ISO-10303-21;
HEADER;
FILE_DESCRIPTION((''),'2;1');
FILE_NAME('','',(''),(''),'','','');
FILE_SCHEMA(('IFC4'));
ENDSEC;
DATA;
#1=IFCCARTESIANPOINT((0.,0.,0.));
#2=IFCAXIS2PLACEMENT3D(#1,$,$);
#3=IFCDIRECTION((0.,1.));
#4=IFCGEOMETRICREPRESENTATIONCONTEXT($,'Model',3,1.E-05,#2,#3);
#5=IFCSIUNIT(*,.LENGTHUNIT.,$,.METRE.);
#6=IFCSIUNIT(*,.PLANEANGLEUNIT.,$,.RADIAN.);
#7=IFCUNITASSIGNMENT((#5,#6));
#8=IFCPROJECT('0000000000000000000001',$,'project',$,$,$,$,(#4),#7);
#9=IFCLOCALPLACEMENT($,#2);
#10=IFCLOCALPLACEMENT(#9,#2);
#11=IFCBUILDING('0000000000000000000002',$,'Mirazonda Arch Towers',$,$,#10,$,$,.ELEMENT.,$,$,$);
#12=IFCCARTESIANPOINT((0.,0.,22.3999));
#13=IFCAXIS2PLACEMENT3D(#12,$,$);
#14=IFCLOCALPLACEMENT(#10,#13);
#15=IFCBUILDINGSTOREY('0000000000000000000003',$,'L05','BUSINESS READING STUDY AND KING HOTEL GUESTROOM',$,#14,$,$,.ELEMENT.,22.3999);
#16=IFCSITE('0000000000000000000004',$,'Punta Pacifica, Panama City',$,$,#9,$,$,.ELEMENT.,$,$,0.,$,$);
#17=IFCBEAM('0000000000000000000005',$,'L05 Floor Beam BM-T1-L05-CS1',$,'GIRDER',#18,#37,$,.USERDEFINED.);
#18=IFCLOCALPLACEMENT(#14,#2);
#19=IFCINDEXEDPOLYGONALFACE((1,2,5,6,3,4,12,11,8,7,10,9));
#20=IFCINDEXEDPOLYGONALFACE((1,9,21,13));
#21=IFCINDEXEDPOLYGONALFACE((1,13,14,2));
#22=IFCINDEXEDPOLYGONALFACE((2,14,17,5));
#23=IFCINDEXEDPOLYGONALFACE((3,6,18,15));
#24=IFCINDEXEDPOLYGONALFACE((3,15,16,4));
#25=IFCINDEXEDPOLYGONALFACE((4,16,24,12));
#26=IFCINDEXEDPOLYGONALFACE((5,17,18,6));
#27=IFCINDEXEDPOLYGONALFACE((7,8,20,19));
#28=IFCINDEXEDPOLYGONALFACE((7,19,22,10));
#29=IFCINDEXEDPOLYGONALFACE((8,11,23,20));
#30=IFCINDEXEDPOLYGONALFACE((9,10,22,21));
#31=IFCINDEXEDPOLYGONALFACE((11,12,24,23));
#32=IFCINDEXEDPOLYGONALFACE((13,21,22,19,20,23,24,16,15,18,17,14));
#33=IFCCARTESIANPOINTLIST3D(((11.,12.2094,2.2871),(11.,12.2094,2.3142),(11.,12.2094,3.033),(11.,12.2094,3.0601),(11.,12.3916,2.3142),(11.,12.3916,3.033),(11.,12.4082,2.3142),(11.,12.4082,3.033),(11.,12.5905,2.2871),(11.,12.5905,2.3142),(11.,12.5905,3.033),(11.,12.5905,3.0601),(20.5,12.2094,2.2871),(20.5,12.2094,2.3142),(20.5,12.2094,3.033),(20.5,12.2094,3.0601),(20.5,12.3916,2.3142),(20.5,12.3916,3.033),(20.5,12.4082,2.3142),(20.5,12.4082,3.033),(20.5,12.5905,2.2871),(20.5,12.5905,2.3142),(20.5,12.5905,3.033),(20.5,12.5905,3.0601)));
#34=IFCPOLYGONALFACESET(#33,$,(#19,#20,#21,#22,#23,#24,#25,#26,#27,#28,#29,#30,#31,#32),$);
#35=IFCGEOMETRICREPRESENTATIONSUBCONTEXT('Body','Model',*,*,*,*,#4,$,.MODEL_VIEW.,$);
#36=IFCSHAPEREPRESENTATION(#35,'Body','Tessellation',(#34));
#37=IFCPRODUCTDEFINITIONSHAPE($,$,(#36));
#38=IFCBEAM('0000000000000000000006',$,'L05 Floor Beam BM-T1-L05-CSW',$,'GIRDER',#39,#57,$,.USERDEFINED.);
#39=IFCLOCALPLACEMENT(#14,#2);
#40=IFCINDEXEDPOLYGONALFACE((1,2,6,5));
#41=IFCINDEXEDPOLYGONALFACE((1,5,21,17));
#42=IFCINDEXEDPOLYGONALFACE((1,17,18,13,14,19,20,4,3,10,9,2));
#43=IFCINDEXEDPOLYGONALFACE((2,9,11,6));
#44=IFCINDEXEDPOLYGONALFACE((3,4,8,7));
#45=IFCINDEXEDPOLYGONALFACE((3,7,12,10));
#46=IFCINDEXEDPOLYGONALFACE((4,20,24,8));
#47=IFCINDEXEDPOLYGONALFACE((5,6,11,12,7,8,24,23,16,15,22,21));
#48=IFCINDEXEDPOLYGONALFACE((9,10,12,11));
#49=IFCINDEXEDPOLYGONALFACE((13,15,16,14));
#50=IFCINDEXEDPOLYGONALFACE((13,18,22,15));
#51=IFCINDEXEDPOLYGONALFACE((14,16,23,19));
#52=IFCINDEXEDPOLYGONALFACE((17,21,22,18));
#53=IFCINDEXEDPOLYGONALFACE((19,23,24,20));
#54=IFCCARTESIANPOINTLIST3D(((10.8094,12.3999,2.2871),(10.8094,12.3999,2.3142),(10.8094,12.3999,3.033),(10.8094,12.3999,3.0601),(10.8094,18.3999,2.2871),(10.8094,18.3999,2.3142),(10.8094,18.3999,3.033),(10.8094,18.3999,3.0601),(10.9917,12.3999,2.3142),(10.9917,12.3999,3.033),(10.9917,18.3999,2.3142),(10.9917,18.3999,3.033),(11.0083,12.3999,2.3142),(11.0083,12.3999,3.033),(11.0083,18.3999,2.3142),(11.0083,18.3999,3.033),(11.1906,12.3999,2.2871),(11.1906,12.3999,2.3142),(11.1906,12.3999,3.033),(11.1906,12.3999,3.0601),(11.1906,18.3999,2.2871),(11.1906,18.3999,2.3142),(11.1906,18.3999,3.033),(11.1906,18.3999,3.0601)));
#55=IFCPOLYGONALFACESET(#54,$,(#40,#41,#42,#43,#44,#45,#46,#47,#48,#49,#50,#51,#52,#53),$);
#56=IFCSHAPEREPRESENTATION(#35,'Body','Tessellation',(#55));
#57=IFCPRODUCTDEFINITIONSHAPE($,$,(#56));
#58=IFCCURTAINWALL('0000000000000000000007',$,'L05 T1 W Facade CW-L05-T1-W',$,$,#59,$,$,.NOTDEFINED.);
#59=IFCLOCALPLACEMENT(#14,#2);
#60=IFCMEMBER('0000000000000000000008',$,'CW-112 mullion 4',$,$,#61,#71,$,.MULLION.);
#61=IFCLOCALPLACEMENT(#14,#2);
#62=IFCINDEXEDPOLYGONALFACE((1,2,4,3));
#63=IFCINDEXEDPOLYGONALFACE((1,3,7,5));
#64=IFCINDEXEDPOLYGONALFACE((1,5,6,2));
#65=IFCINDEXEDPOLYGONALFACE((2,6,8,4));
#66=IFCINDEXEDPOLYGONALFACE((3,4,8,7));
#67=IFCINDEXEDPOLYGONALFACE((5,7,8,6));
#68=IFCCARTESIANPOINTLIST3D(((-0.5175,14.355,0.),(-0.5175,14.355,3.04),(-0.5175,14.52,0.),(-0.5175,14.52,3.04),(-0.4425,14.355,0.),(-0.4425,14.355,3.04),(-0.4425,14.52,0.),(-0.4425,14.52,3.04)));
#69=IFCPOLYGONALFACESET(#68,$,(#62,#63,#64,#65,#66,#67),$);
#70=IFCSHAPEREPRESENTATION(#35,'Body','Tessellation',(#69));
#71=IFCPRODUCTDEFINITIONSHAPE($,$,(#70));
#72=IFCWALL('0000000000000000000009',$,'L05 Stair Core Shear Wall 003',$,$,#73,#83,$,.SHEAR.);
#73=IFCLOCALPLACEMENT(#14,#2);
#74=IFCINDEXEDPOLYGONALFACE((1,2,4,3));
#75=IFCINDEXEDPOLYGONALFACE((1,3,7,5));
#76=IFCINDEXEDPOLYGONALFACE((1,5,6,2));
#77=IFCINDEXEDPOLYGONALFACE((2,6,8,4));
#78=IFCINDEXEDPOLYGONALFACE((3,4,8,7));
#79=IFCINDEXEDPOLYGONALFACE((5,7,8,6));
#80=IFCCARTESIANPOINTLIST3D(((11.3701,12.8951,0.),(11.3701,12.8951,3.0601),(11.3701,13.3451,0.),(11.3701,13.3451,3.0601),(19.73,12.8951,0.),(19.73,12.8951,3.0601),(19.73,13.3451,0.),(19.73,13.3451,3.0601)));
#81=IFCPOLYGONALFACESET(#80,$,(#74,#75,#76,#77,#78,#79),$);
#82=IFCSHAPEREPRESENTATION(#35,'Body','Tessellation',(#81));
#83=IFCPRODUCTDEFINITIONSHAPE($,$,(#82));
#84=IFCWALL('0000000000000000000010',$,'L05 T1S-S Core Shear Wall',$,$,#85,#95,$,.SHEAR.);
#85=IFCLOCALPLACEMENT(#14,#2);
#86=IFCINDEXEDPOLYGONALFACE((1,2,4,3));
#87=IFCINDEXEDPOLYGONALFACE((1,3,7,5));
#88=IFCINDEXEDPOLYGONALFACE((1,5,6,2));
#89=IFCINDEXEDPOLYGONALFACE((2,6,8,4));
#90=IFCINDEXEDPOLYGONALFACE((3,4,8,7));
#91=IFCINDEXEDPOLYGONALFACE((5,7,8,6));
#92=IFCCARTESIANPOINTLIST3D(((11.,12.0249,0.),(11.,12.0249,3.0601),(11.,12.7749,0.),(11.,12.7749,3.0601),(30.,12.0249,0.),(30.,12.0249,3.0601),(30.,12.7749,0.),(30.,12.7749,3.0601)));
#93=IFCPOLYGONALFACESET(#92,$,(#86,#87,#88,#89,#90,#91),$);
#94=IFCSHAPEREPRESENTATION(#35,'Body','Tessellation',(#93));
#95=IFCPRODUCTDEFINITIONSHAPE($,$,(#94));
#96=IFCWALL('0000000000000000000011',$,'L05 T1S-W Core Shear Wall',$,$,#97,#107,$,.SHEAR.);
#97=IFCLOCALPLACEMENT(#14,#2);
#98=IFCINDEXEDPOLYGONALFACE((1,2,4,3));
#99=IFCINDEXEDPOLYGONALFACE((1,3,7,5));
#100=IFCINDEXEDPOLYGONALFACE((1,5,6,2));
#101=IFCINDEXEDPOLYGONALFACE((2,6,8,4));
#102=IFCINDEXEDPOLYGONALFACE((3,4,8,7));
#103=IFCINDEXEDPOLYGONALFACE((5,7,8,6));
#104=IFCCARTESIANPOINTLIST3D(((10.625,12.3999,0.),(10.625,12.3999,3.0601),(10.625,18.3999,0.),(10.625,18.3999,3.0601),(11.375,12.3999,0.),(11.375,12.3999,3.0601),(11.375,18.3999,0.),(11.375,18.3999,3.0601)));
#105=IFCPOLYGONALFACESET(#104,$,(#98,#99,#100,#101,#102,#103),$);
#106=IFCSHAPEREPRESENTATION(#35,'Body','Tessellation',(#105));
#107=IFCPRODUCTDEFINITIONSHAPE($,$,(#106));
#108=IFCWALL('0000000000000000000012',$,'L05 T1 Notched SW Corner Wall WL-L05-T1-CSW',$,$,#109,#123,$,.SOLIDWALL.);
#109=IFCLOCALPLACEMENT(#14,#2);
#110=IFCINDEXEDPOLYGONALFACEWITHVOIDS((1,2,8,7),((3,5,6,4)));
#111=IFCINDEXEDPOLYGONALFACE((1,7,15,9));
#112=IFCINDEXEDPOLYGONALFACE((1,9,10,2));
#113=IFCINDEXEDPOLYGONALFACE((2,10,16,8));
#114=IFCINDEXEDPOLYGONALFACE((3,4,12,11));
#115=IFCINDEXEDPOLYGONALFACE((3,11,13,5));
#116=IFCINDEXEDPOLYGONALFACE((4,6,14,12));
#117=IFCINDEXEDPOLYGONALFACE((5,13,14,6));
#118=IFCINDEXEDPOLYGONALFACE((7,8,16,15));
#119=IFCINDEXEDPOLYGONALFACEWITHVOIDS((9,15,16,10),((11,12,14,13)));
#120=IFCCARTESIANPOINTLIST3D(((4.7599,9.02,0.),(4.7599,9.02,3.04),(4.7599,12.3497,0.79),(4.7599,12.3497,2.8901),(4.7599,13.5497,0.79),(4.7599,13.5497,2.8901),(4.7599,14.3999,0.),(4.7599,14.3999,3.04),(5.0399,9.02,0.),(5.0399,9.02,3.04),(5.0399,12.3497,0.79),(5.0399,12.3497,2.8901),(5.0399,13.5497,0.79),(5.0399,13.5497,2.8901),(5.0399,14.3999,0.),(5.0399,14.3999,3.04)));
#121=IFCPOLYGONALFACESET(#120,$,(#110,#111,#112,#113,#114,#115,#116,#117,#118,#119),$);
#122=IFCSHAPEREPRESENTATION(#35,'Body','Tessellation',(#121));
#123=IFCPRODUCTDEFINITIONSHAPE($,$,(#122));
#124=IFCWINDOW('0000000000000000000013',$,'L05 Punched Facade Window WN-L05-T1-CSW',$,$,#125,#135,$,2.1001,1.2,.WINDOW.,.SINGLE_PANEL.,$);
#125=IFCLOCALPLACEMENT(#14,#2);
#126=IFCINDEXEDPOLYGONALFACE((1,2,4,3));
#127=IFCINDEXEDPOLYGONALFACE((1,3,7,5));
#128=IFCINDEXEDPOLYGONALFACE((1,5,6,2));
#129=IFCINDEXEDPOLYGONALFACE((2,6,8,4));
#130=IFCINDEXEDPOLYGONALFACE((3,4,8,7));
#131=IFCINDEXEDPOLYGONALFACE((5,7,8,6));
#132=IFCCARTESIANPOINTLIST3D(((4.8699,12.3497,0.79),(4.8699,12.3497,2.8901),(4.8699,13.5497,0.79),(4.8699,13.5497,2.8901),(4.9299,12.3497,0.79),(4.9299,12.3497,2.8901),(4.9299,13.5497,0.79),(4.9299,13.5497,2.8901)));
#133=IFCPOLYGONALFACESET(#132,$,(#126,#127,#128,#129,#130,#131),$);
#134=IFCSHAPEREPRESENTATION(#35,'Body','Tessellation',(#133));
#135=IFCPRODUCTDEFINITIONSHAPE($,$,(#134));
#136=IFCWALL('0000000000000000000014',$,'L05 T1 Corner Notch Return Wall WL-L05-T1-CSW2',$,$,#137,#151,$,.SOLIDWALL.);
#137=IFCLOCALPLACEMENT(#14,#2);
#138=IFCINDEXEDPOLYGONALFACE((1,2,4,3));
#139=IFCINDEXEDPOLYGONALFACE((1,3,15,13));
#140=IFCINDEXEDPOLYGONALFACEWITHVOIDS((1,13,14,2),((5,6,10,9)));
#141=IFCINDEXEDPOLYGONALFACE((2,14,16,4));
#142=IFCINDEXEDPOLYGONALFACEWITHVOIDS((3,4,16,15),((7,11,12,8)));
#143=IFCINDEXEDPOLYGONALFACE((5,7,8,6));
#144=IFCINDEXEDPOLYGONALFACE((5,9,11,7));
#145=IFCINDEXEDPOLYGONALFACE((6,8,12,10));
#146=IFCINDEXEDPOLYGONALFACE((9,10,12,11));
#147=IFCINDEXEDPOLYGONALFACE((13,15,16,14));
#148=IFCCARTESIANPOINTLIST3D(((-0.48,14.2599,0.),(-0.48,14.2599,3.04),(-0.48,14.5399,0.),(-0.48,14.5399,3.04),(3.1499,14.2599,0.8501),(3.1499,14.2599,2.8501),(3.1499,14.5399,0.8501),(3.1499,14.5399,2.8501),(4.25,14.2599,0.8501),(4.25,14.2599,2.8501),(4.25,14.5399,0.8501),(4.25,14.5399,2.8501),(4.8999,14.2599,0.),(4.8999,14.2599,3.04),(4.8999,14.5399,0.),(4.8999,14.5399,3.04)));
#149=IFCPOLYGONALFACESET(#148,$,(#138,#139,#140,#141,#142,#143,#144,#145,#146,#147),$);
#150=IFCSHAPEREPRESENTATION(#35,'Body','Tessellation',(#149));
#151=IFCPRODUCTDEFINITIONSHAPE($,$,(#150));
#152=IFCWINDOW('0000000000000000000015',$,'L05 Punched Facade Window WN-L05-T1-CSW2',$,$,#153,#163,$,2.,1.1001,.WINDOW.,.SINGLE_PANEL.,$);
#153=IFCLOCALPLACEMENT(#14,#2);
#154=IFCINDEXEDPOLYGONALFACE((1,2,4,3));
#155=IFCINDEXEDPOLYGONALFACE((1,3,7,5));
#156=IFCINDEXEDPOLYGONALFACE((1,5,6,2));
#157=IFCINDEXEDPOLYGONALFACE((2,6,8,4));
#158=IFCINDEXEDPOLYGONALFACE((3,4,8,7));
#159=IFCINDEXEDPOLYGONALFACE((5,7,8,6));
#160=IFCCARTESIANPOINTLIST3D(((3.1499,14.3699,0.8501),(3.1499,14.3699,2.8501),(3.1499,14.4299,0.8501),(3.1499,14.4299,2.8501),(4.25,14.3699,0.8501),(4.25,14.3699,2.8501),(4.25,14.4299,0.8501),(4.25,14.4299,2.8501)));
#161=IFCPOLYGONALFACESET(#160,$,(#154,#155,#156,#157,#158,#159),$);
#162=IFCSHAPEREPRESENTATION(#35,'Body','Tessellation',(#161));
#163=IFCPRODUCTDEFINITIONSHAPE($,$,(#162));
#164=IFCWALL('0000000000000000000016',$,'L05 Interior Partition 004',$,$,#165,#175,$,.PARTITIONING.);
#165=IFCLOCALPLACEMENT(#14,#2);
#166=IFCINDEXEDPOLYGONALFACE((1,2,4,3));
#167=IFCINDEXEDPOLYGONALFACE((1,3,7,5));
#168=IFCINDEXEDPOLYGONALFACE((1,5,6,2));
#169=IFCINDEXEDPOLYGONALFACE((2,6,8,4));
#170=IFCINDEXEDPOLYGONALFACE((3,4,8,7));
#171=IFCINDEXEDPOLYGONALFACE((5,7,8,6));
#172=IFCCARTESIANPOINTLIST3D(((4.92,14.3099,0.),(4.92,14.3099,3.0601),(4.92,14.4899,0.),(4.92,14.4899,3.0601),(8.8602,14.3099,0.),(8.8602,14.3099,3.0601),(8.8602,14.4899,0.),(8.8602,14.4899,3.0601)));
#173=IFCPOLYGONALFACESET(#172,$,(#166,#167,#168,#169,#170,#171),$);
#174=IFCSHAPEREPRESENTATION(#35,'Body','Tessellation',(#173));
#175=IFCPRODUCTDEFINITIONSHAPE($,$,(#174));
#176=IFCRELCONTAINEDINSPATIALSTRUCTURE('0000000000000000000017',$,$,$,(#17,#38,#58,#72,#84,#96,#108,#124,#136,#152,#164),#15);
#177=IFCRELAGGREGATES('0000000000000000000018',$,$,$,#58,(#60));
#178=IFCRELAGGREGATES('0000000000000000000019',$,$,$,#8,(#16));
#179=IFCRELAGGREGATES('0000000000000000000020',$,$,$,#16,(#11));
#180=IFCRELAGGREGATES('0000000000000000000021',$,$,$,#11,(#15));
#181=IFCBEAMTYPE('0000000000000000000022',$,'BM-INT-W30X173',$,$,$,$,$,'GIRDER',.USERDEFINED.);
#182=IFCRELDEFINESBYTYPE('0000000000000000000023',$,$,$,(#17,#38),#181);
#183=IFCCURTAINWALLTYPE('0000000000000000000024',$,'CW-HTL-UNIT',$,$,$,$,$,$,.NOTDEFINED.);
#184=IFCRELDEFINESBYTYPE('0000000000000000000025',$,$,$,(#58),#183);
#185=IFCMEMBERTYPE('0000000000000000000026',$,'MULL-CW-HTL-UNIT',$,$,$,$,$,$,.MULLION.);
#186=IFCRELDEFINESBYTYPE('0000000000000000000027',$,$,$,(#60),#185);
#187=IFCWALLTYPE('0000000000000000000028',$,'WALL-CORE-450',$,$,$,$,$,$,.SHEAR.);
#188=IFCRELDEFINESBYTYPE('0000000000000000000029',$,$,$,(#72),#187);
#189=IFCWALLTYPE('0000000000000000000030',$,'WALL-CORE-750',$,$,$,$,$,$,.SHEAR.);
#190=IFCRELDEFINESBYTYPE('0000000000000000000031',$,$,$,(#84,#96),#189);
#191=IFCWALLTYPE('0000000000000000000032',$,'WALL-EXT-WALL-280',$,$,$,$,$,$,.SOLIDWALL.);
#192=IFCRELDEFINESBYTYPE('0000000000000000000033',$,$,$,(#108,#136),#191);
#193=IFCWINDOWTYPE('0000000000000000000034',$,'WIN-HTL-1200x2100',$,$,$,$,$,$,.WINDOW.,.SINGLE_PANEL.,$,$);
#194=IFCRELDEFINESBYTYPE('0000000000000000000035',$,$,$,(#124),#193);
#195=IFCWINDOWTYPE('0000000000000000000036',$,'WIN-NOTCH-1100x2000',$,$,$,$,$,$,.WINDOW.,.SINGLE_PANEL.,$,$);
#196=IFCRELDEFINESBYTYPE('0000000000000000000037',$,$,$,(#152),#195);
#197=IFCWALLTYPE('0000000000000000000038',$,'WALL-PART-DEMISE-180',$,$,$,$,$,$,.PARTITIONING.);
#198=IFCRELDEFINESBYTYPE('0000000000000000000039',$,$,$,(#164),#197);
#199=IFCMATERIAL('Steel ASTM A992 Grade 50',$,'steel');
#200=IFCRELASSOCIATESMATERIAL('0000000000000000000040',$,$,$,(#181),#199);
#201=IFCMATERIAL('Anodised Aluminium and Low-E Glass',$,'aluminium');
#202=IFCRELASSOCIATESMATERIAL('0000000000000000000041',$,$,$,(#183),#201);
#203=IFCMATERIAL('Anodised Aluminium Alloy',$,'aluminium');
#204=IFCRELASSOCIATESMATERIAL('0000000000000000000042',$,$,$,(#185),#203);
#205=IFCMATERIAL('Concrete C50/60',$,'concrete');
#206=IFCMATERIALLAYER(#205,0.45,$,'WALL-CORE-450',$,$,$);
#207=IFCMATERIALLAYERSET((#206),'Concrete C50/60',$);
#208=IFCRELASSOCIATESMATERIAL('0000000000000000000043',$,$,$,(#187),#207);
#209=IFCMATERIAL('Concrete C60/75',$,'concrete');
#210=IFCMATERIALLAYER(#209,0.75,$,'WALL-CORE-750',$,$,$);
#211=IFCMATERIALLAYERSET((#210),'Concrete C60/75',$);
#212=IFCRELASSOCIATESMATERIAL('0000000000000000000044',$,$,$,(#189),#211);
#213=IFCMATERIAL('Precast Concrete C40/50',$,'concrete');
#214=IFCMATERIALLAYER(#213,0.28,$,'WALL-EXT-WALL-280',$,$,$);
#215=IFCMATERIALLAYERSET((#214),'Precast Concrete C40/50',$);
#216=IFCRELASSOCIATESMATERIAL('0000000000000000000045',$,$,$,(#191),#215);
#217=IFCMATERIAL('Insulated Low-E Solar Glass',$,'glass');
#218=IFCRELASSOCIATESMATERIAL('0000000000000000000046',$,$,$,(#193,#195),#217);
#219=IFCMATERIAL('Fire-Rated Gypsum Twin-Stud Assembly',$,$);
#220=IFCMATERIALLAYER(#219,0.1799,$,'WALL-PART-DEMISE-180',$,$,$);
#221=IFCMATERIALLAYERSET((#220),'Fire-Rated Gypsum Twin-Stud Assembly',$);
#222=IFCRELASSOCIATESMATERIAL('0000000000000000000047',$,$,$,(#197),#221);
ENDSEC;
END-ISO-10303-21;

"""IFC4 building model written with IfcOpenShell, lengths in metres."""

from ifc_helpers import new_model, si_unit, direction, frame, frame_2d, origin, origin_2d, place, context, subcontext, project, spatial, rectangle, i_section, extrude, material, layer, layer_set, material_profile, profile_set, type_object, element, fill, aggregate, save


model = new_model("IFC4")

# Units and contexts
model_context = context("Model", 3, precision=1e-05, world=origin(), true_north=direction((0.0, 1.0)))
body_context = subcontext(model_context, "Body", "Model", "MODEL_VIEW")
ifc_project = project(units=[si_unit("LENGTHUNIT", "METRE"), si_unit("PLANEANGLEUNIT", "RADIAN")], contexts=[model_context])

# Site, building, storey
site_placement = place(None, origin())
site = spatial("IfcSite", under=ifc_project, at=site_placement, Name="Punta Pacifica, Panama City", CompositionType="ELEMENT", RefElevation=0.0)
building_placement = place(site_placement, origin())
building = spatial("IfcBuilding", under=site, at=building_placement, Name="Mirazonda Arch Towers", CompositionType="ELEMENT")
storey_placement = place(building_placement, frame((0.0, 0.0, 22.3999)))
storey = spatial("IfcBuildingStorey", under=building, at=storey_placement, Name="L05", Description="BUSINESS READING STUDY AND KING HOTEL GUESTROOM", CompositionType="ELEMENT", Elevation=22.3999)

# Beams
ifc_material_1 = material(Name="Steel ASTM A992 Grade 50", Category="steel")
ifc_material_profile_1 = material_profile(ifc_material_1, i_section(OverallWidth=0.3811, OverallDepth=0.7729, WebThickness=0.0166, FlangeThickness=0.0271, at=origin_2d()), Name="W30X173")
ifc_profile_set_1 = profile_set([ifc_material_profile_1], Name="Steel ASTM A992 Grade 50")
beam_type = type_object("IfcBeamType", Name="BM-INT-W30X173", ElementType="GIRDER", PredefinedType="USERDEFINED", material=ifc_profile_set_1)
beam_1_placement = place(storey_placement, frame((11.0, 12.3999, 2.6736), z_axis=(1.0, 0.0, 0.0), x_axis=(0.0, 1.0, 0.0)))
element("IfcBeam", 1, at=beam_1_placement, inside=storey, type_object=beam_type, Name="L05 Floor Beam BM-T1-L05-CS1", ObjectType="GIRDER", PredefinedType="USERDEFINED", context=body_context, shape_type="SweptSolid", body=[
    extrude(i_section(OverallWidth=0.3811, OverallDepth=0.7729, WebThickness=0.0166, FlangeThickness=0.0271, at=origin_2d()), origin(), (0.0, 0.0, 1.0), 9.5),
])
beam_2_placement = place(storey_placement, frame((11.0, 12.3999, 2.6736), z_axis=(0.0, 1.0, 0.0), x_axis=(-1.0, 0.0, 0.0)))
element("IfcBeam", 2, at=beam_2_placement, inside=storey, type_object=beam_type, Name="L05 Floor Beam BM-T1-L05-CSW", ObjectType="GIRDER", PredefinedType="USERDEFINED", context=body_context, shape_type="SweptSolid", body=[
    extrude(i_section(OverallWidth=0.3811, OverallDepth=0.7729, WebThickness=0.0166, FlangeThickness=0.0271, at=origin_2d()), origin(), (0.0, 0.0, 1.0), 6.0),
])

# Curtain wall, member
ifc_material_2 = material(Name="Anodised Aluminium and Low-E Glass", Category="aluminium")
curtain_wall_type = type_object("IfcCurtainWallType", Name="CW-HTL-UNIT", PredefinedType="NOTDEFINED", material=ifc_material_2)
curtain_wall_placement = place(storey_placement, origin())
curtain_wall = element("IfcCurtainWall", 3, at=curtain_wall_placement, inside=storey, type_object=curtain_wall_type, Name="L05 T1 W Facade CW-L05-T1-W", PredefinedType="NOTDEFINED")
ifc_material_3 = material(Name="Anodised Aluminium Alloy", Category="aluminium")
ifc_material_profile_2 = material_profile(ifc_material_3, rectangle(XDim=0.075, YDim=0.165, at=origin_2d()), Name="ALU-MULL-75x165")
ifc_profile_set_2 = profile_set([ifc_material_profile_2], Name="Anodised Aluminium Alloy")
member_type = type_object("IfcMemberType", Name="MULL-CW-HTL-UNIT", PredefinedType="MULLION", material=ifc_profile_set_2)
member_placement = place(storey_placement, frame((-0.48, 14.4375, 0.0), z_axis=(0.0, 0.0, 1.0), x_axis=(1.0, 0.0, 0.0)))
member = element("IfcMember", 4, at=member_placement, type_object=member_type, Name="CW-112 mullion 4", PredefinedType="MULLION", context=body_context, shape_type="SweptSolid", body=[
    extrude(rectangle(XDim=0.075, YDim=0.165, at=origin_2d()), origin(), (0.0, 0.0, 1.0), 3.04),
])
aggregate(curtain_wall, [member])

# Walls
ifc_material_4 = material(Name="Concrete C50/60", Category="concrete")
ifc_layer_1 = layer(ifc_material_4, 0.45, Name="WALL-CORE-450")
ifc_layer_set_1 = layer_set([ifc_layer_1], Name="Concrete C50/60")
wall_type_1 = type_object("IfcWallType", Name="WALL-CORE-450", PredefinedType="SHEAR", material=ifc_layer_set_1)
wall_1_placement = place(storey_placement, frame((11.3701, 13.1201, 0.0), z_axis=(0.0, 0.0, 1.0), x_axis=(1.0, 0.0, 0.0)))
element("IfcWall", 5, at=wall_1_placement, inside=storey, type_object=wall_type_1, Name="L05 Stair Core Shear Wall 003", PredefinedType="SHEAR", context=body_context, shape_type="SweptSolid", body=[
    extrude(rectangle(XDim=8.3599, YDim=0.45, at=frame_2d((4.1799, 0.0))), origin(), (0.0, 0.0, 1.0), 3.0601),
])
ifc_material_5 = material(Name="Concrete C60/75", Category="concrete")
ifc_layer_2 = layer(ifc_material_5, 0.75, Name="WALL-CORE-750")
ifc_layer_set_2 = layer_set([ifc_layer_2], Name="Concrete C60/75")
wall_type_2 = type_object("IfcWallType", Name="WALL-CORE-750", PredefinedType="SHEAR", material=ifc_layer_set_2)
wall_2_placement = place(storey_placement, frame((11.0, 12.3999, 0.0), z_axis=(0.0, 0.0, 1.0), x_axis=(1.0, 0.0, 0.0)))
element("IfcWall", 6, at=wall_2_placement, inside=storey, type_object=wall_type_2, Name="L05 T1S-S Core Shear Wall", PredefinedType="SHEAR", context=body_context, shape_type="SweptSolid", body=[
    extrude(rectangle(XDim=19.0, YDim=0.75, at=frame_2d((9.5, 0.0))), origin(), (0.0, 0.0, 1.0), 3.0601),
])
wall_3_placement = place(storey_placement, frame((11.0, 12.3999, 0.0), z_axis=(0.0, 0.0, 1.0), x_axis=(0.0, 1.0, 0.0)))
element("IfcWall", 7, at=wall_3_placement, inside=storey, type_object=wall_type_2, Name="L05 T1S-W Core Shear Wall", PredefinedType="SHEAR", context=body_context, shape_type="SweptSolid", body=[
    extrude(rectangle(XDim=6.0, YDim=0.75, at=frame_2d((3.0, 0.0))), origin(), (0.0, 0.0, 1.0), 3.0601),
])

# Walls, openings, windows
ifc_material_6 = material(Name="Precast Concrete C40/50", Category="concrete")
ifc_layer_3 = layer(ifc_material_6, 0.28, Name="WALL-EXT-WALL-280")
ifc_layer_set_3 = layer_set([ifc_layer_3], Name="Precast Concrete C40/50")
wall_type_3 = type_object("IfcWallType", Name="WALL-EXT-WALL-280", PredefinedType="SOLIDWALL", material=ifc_layer_set_3)
wall_4_placement = place(storey_placement, frame((4.8999, 14.3999, 0.0), z_axis=(0.0, 0.0, 1.0), x_axis=(0.0, -1.0, 0.0)))
wall_4 = element("IfcWall", 8, at=wall_4_placement, inside=storey, type_object=wall_type_3, Name="L05 T1 Notched SW Corner Wall WL-L05-T1-CSW", PredefinedType="SOLIDWALL", context=body_context, shape_type="SweptSolid", body=[
    extrude(rectangle(XDim=5.3799, YDim=0.28, at=frame_2d((2.6899, 0.0))), origin(), (0.0, 0.0, 1.0), 3.04),
])
opening_1_placement = place(wall_4_placement, frame((0.8501, 0.0, 0.79)))
opening_1 = element("IfcOpeningElement", 9, at=opening_1_placement, cuts=wall_4, PredefinedType="OPENING", context=body_context, shape_type="SweptSolid", body=[
    extrude(rectangle(XDim=1.2, YDim=2.1001, at=frame_2d((0.6001, 1.05))), frame((0.0, 0.1499, 0.0), z_axis=(0.0, -1.0, 0.0), x_axis=(1.0, 0.0, 0.0)), (0.0, 0.0, 1.0), 0.3),
])
ifc_material_7 = material(Name="Insulated Low-E Solar Glass", Category="glass")
window_type_1 = type_object("IfcWindowType", Name="WIN-HTL-1200x2100", PartitioningType="SINGLE_PANEL", PredefinedType="WINDOW", material=ifc_material_7)
window_1_placement = place(opening_1_placement, origin())
window_1 = element("IfcWindow", 10, at=window_1_placement, inside=storey, type_object=window_type_1, Name="L05 Punched Facade Window WN-L05-T1-CSW", OverallHeight=2.1001, OverallWidth=1.2, PartitioningType="SINGLE_PANEL", PredefinedType="WINDOW", context=body_context, shape_type="SweptSolid", body=[
    extrude(rectangle(XDim=1.2, YDim=2.1001, at=frame_2d((0.6001, 1.05))), frame((0.0, 0.03, 0.0), z_axis=(0.0, -1.0, 0.0), x_axis=(1.0, 0.0, 0.0)), (0.0, 0.0, 1.0), 0.0601),
])
fill(opening_1, window_1)
wall_5_placement = place(storey_placement, frame((-0.48, 14.3999, 0.0), z_axis=(0.0, 0.0, 1.0), x_axis=(1.0, 0.0, 0.0)))
wall_5 = element("IfcWall", 11, at=wall_5_placement, inside=storey, type_object=wall_type_3, Name="L05 T1 Corner Notch Return Wall WL-L05-T1-CSW2", PredefinedType="SOLIDWALL", context=body_context, shape_type="SweptSolid", body=[
    extrude(rectangle(XDim=5.3799, YDim=0.28, at=frame_2d((2.6899, 0.0))), origin(), (0.0, 0.0, 1.0), 3.04),
])
opening_2_placement = place(wall_5_placement, frame((3.6299, 0.0, 0.8501)))
opening_2 = element("IfcOpeningElement", 12, at=opening_2_placement, cuts=wall_5, PredefinedType="OPENING", context=body_context, shape_type="SweptSolid", body=[
    extrude(rectangle(XDim=1.1001, YDim=2.0, at=frame_2d((0.55, 1.0))), frame((0.0, 0.1499, 0.0), z_axis=(0.0, -1.0, 0.0), x_axis=(1.0, 0.0, 0.0)), (0.0, 0.0, 1.0), 0.3),
])
window_type_2 = type_object("IfcWindowType", Name="WIN-NOTCH-1100x2000", PartitioningType="SINGLE_PANEL", PredefinedType="WINDOW", material=ifc_material_7)
window_2_placement = place(opening_2_placement, origin())
window_2 = element("IfcWindow", 13, at=window_2_placement, inside=storey, type_object=window_type_2, Name="L05 Punched Facade Window WN-L05-T1-CSW2", OverallHeight=2.0, OverallWidth=1.1001, PartitioningType="SINGLE_PANEL", PredefinedType="WINDOW", context=body_context, shape_type="SweptSolid", body=[
    extrude(rectangle(XDim=1.1001, YDim=2.0, at=frame_2d((0.55, 1.0))), frame((0.0, 0.03, 0.0), z_axis=(0.0, -1.0, 0.0), x_axis=(1.0, 0.0, 0.0)), (0.0, 0.0, 1.0), 0.0601),
])
fill(opening_2, window_2)

# Wall
ifc_material_8 = material(Name="Fire-Rated Gypsum Twin-Stud Assembly")
ifc_layer_4 = layer(ifc_material_8, 0.1799, Name="WALL-PART-DEMISE-180")
ifc_layer_set_4 = layer_set([ifc_layer_4], Name="Fire-Rated Gypsum Twin-Stud Assembly")
wall_type_4 = type_object("IfcWallType", Name="WALL-PART-DEMISE-180", PredefinedType="PARTITIONING", material=ifc_layer_set_4)
wall_6_placement = place(storey_placement, frame((4.9199, 14.3999, 0.0), z_axis=(0.0, 0.0, 1.0), x_axis=(1.0, 0.0, 0.0)))
element("IfcWall", 14, at=wall_6_placement, inside=storey, type_object=wall_type_4, Name="L05 Interior Partition 004", PredefinedType="PARTITIONING", context=body_context, shape_type="SweptSolid", body=[
    extrude(rectangle(XDim=3.9402, YDim=0.1799, at=frame_2d((1.9702, 0.0))), origin(), (0.0, 0.0, 1.0), 3.0601),
])

save(model, "model.ifc")
